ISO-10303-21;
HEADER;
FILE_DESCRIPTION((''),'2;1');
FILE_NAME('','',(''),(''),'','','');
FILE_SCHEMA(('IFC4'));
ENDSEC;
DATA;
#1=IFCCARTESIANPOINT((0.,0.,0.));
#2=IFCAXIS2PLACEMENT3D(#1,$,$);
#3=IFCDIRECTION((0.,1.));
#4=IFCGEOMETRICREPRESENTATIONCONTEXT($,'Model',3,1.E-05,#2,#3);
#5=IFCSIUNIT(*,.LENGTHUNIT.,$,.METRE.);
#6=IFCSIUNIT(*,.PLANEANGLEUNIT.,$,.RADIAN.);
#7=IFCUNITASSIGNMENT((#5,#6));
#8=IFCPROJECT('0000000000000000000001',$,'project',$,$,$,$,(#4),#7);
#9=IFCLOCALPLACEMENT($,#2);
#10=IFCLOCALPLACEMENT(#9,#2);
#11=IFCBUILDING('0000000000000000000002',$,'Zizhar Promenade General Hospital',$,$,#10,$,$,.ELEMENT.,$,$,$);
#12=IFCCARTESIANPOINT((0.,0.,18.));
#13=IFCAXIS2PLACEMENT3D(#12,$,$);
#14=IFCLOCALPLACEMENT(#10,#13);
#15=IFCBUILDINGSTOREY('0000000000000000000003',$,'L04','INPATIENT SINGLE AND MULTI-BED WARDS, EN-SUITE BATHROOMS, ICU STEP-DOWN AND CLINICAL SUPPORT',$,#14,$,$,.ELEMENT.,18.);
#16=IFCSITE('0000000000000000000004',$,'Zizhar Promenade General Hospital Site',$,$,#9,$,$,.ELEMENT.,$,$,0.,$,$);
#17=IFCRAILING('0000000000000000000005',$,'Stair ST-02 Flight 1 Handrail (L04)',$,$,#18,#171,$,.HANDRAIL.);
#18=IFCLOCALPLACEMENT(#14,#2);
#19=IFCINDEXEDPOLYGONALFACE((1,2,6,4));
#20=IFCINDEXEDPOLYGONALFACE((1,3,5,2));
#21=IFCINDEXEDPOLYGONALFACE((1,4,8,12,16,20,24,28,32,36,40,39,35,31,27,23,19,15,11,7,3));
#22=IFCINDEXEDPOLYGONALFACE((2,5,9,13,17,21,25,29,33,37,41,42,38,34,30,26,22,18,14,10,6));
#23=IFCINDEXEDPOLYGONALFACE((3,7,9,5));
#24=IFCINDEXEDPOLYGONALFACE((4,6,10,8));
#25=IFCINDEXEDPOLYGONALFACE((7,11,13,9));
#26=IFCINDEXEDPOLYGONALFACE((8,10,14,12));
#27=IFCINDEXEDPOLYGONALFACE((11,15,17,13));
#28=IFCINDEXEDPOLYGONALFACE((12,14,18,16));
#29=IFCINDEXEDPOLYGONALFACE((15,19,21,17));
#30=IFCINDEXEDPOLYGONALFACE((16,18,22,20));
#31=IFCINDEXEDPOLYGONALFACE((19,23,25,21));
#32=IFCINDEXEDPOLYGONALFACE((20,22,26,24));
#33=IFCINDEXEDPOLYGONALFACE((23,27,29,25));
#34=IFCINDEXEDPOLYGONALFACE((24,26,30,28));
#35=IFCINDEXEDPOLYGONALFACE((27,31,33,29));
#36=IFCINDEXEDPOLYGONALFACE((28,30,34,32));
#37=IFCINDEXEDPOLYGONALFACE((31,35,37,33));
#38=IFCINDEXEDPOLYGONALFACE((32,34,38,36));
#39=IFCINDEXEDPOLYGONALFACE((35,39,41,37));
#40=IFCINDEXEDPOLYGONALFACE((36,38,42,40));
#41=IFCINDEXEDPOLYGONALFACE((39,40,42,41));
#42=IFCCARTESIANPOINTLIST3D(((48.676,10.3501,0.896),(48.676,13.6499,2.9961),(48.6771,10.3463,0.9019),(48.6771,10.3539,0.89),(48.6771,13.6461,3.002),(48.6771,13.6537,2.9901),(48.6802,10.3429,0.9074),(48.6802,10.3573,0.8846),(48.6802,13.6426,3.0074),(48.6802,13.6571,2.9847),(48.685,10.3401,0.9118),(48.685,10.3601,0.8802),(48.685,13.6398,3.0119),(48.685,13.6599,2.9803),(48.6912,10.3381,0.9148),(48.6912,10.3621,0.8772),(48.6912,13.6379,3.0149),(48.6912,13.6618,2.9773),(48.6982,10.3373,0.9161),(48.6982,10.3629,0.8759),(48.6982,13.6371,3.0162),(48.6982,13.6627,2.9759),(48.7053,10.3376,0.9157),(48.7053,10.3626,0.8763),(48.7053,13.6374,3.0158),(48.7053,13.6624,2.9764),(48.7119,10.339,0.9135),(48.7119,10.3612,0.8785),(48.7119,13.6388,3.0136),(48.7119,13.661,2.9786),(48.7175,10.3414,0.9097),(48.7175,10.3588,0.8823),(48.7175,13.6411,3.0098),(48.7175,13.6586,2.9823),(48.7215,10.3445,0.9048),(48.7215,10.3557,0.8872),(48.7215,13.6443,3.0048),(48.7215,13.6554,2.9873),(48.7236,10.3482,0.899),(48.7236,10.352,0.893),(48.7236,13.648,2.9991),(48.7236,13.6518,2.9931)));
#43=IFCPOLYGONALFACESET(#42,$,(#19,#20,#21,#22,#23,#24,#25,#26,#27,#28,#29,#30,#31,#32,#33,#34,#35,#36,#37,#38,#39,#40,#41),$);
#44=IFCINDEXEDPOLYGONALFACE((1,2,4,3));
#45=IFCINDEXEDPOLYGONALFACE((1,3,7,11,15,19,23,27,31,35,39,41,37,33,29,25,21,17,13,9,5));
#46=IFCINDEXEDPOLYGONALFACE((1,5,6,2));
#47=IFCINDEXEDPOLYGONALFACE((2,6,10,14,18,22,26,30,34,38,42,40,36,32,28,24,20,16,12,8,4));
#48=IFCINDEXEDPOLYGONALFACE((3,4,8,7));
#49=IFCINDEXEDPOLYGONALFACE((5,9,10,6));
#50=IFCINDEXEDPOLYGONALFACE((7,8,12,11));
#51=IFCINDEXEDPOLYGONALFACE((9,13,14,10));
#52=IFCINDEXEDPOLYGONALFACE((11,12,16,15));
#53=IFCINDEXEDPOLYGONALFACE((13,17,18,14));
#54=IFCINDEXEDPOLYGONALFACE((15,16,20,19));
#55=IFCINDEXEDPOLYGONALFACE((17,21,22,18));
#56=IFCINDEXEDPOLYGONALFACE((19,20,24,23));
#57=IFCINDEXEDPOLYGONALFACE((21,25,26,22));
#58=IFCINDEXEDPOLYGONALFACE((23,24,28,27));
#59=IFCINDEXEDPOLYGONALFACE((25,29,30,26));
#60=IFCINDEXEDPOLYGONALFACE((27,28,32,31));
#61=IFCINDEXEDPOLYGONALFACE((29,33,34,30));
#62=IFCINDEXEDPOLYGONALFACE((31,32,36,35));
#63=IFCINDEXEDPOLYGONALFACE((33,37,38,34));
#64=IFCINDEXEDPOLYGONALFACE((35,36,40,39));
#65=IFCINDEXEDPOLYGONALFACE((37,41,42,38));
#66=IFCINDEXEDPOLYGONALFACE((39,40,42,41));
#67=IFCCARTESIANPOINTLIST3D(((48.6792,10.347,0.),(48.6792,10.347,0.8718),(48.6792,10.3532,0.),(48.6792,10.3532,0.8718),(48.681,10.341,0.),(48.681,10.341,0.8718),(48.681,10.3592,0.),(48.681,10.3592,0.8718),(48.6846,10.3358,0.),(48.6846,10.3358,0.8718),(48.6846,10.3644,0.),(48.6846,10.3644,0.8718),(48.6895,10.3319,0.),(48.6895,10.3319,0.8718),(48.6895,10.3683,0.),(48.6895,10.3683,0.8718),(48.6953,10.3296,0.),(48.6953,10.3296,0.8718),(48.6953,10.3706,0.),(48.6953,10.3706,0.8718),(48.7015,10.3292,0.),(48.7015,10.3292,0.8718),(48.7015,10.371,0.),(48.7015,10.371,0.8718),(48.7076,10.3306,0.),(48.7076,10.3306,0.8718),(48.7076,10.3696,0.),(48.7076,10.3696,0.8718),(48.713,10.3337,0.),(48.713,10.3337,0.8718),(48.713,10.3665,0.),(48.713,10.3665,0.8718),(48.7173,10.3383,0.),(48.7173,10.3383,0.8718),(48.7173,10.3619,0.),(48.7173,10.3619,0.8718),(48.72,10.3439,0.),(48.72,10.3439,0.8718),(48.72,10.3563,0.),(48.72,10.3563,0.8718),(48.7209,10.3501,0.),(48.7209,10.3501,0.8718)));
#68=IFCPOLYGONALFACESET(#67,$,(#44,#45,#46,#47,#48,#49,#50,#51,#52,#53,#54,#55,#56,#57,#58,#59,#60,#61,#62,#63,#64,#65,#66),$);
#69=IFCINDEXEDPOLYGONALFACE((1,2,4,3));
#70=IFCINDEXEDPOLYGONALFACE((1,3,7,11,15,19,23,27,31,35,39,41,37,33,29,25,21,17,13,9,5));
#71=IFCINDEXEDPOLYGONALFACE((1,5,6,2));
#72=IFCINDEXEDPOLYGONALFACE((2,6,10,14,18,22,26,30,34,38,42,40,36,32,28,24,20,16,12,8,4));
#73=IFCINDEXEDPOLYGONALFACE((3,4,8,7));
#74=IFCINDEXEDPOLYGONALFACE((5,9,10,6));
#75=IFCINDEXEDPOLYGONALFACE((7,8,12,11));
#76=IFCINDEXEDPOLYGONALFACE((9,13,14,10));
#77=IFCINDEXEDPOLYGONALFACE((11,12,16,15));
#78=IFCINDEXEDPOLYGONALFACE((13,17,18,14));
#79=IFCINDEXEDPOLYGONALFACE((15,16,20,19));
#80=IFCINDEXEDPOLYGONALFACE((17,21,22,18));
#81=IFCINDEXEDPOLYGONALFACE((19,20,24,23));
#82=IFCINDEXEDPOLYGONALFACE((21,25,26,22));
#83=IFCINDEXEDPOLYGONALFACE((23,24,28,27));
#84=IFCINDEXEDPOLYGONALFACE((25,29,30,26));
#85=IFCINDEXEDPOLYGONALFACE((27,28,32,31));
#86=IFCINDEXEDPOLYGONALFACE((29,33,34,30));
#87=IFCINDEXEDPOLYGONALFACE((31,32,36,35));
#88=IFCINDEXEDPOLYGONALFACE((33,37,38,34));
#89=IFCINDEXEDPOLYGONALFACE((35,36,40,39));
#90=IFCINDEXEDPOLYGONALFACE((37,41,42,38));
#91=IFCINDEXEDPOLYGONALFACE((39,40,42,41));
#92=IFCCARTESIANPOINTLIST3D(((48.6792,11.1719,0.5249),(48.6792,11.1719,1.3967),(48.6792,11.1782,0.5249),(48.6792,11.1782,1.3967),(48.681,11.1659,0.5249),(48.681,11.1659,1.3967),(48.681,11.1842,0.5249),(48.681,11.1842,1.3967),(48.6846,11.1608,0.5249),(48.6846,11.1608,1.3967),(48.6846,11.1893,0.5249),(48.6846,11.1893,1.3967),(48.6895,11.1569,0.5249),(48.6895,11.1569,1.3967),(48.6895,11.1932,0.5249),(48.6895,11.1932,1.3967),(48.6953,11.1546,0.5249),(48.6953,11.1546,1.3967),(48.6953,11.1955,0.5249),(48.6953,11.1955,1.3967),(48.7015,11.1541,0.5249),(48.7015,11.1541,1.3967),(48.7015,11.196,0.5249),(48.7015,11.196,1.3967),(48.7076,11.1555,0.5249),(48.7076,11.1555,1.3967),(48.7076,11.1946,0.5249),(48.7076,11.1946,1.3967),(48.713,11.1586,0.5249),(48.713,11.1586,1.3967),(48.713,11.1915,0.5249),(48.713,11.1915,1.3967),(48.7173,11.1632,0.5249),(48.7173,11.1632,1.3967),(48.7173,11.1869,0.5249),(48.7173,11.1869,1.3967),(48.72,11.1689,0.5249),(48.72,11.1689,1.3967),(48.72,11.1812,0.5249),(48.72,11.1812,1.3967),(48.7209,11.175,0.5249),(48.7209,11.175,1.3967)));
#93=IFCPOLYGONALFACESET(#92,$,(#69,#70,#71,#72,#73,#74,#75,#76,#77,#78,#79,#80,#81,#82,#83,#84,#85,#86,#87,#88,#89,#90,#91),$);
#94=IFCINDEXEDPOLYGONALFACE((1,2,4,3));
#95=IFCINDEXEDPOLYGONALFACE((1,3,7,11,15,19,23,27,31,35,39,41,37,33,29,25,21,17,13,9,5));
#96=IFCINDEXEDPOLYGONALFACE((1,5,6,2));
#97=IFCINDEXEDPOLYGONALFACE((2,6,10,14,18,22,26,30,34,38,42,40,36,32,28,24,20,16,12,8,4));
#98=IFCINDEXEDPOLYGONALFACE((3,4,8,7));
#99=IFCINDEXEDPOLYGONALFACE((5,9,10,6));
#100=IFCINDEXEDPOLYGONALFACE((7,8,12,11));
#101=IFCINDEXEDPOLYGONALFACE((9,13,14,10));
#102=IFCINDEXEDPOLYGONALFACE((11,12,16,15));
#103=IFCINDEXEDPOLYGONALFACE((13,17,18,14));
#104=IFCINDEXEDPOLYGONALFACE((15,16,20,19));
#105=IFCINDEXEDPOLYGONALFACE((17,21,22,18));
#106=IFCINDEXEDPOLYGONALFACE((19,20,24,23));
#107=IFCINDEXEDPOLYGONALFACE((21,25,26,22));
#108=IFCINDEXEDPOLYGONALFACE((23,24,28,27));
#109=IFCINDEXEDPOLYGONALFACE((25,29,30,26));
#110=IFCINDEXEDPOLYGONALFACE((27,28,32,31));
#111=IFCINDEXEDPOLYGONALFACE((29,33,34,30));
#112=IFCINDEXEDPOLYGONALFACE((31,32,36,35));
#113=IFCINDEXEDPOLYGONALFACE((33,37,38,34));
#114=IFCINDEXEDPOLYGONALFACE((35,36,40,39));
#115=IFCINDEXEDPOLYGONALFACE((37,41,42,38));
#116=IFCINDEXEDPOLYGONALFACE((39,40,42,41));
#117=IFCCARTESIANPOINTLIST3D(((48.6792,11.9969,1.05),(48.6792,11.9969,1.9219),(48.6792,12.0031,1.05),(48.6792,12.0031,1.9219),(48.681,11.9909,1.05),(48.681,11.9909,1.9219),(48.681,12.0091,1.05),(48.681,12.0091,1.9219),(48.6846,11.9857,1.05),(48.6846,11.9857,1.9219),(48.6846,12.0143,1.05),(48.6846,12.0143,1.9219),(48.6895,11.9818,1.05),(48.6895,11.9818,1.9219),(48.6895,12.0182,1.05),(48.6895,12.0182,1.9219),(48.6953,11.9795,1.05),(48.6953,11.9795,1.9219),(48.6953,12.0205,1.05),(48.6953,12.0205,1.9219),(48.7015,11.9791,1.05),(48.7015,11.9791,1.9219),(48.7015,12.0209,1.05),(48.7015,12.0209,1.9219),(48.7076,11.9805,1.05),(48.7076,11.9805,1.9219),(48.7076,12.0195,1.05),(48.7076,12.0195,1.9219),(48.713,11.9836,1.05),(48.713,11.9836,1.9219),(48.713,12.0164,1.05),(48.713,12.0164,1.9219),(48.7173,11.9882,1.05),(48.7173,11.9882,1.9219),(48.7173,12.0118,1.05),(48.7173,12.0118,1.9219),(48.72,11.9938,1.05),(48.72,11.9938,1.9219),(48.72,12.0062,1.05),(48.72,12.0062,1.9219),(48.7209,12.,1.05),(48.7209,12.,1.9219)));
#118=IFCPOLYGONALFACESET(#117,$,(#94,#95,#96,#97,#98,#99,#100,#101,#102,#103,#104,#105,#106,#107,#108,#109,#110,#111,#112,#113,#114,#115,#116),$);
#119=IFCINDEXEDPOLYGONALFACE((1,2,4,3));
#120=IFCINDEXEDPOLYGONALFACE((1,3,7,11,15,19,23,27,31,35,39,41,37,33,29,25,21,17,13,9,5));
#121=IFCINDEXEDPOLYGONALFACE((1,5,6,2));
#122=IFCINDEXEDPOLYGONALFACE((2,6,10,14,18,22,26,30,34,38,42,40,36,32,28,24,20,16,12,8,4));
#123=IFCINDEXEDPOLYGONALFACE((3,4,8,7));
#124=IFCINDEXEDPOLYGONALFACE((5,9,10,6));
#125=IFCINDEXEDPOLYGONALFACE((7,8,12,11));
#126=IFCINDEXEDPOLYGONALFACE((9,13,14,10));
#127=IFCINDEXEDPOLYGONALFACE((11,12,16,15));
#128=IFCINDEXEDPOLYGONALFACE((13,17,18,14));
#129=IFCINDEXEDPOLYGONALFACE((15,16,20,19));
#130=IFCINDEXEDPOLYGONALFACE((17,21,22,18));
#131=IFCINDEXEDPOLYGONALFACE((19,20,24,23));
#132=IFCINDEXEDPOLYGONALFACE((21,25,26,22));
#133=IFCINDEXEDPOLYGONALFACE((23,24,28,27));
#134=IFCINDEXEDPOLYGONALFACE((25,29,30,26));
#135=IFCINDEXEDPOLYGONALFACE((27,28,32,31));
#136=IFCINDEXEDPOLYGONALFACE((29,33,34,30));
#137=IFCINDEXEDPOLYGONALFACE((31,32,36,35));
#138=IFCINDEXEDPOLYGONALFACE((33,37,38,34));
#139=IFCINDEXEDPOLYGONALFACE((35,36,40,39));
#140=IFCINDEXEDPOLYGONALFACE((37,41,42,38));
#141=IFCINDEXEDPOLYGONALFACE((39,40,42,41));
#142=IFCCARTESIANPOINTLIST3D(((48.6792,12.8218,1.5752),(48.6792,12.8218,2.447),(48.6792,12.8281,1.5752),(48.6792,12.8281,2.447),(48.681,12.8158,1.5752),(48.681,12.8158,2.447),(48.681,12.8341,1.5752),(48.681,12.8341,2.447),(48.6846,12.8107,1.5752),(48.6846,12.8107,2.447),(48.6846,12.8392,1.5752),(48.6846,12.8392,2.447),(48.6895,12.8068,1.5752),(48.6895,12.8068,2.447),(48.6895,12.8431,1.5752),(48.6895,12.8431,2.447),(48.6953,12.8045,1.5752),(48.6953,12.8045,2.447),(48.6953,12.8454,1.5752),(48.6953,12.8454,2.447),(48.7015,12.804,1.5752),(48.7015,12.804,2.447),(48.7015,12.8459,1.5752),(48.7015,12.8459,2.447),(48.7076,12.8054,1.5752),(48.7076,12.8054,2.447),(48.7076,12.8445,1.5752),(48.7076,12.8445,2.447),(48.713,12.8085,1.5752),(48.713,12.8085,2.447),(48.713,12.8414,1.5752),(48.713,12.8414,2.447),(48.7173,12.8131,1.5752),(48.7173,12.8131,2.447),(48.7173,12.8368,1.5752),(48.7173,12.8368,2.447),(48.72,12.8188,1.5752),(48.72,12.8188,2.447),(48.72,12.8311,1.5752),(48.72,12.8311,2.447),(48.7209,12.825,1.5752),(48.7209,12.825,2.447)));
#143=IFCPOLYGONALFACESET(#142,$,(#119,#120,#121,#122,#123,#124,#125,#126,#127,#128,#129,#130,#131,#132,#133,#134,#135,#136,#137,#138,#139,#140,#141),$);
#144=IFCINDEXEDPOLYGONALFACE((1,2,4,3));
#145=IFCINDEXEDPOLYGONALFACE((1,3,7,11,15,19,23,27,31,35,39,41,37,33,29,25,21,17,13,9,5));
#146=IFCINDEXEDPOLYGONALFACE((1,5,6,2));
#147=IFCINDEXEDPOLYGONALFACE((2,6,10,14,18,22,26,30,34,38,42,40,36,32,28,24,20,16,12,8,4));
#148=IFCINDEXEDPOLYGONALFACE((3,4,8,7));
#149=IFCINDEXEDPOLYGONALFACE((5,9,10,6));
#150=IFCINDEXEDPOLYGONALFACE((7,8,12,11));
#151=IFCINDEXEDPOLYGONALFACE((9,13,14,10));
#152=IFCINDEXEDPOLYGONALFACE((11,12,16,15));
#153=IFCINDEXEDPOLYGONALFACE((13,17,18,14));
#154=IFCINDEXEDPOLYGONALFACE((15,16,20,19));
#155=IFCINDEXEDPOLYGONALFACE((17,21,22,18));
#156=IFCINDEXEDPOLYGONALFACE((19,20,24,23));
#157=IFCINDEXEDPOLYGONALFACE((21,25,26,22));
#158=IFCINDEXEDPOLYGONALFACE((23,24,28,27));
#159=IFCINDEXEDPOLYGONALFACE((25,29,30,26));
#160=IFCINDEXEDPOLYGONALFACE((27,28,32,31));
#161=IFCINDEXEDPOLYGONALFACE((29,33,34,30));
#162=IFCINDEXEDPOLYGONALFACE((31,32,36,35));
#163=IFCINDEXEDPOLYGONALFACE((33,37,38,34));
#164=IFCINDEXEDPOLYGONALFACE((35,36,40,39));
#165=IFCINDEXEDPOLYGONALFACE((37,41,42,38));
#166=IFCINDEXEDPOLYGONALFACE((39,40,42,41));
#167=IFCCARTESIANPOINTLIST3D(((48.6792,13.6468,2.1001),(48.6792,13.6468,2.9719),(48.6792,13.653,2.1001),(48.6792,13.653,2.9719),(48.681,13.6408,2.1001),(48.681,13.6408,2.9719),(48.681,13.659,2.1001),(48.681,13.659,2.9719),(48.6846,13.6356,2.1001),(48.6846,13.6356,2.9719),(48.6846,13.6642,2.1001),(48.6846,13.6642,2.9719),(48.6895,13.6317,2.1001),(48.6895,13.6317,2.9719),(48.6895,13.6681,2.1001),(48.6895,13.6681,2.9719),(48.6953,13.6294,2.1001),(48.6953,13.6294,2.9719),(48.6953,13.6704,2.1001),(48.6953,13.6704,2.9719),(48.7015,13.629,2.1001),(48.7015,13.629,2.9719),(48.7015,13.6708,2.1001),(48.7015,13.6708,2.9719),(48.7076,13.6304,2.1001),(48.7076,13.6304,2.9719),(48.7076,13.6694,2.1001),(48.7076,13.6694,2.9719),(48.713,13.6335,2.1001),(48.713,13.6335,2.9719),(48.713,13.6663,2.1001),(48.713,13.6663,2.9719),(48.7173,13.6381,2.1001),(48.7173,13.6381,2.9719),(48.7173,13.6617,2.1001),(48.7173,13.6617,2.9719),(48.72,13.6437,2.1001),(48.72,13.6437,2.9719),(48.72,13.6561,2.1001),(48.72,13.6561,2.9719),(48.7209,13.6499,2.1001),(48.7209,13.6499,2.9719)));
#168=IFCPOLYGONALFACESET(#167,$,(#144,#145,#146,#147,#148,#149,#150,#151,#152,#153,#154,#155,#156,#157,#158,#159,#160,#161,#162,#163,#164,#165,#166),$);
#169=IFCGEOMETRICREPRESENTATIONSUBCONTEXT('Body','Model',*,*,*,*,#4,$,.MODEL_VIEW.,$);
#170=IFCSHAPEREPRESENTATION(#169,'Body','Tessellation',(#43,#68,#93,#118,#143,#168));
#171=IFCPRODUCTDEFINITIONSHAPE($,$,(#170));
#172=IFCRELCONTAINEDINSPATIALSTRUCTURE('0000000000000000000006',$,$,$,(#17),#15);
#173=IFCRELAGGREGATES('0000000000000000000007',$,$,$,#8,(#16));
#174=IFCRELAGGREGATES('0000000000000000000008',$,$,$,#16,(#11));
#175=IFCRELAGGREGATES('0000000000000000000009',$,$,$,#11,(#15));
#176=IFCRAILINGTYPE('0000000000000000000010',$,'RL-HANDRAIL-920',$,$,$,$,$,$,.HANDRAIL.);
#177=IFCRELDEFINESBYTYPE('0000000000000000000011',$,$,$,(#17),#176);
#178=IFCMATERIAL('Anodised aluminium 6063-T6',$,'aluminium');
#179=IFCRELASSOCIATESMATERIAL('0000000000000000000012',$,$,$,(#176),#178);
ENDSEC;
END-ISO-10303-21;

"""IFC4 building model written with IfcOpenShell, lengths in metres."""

from ifc_helpers import new_model, si_unit, direction, frame, origin, origin_2d, place, context, subcontext, project, spatial, circle, hollow_circle, extrude, material, material_profile, profile_set, type_object, element, save


model = new_model("IFC4")

# Units and contexts
model_context = context("Model", 3, precision=1e-05, world=origin(), true_north=direction((0.0, 1.0)))
body_context = subcontext(model_context, "Body", "Model", "MODEL_VIEW")
ifc_project = project(units=[si_unit("LENGTHUNIT", "METRE"), si_unit("PLANEANGLEUNIT", "RADIAN")], contexts=[model_context])

# Site, building, storey
site_placement = place(None, origin())
site = spatial("IfcSite", under=ifc_project, at=site_placement, Name="Zizhar Promenade General Hospital Site", CompositionType="ELEMENT", RefElevation=0.0)
building_placement = place(site_placement, origin())
building = spatial("IfcBuilding", under=site, at=building_placement, Name="Zizhar Promenade General Hospital", CompositionType="ELEMENT")
storey_placement = place(building_placement, frame((0.0, 0.0, 18.0)))
storey = spatial("IfcBuildingStorey", under=building, at=storey_placement, Name="L04", Description="INPATIENT SINGLE AND MULTI-BED WARDS, EN-SUITE BATHROOMS, ICU STEP-DOWN AND CLINICAL SUPPORT", CompositionType="ELEMENT", Elevation=18.0)

# Railing
ifc_material_1 = material(Name="Anodised aluminium 6063-T6", Category="aluminium")
ifc_material_profile_1 = material_profile(ifc_material_1, hollow_circle(Radius=0.0698, WallThickness=0.0063, at=origin_2d()))
ifc_profile_set_1 = profile_set([ifc_material_profile_1], Name="Anodised aluminium 6063-T6")
railing_type_1 = type_object("IfcRailingType", Name="RL-HANDRAIL-920", PredefinedType="HANDRAIL", material=ifc_profile_set_1)
railing_1_placement = place(storey_placement, frame((48.7, 10.3501, 0.0)))
element("IfcRailing", 1, at=railing_1_placement, inside=storey, type_object=railing_type_1, Name="Stair ST-02 Flight 1 Handrail (L04)", PredefinedType="HANDRAIL", context=body_context, shape_type="SweptSolid", body=[
    extrude(circle(Radius=0.0239, at=origin_2d()), frame((0.0, 0.0, 0.896), z_axis=(0.0, 0.843636, 0.536916), x_axis=(-1.0, 0.0, 0.0)), (0.0, 0.0, 1.0), 3.9114),
    extrude(circle(Radius=0.021, at=origin_2d()), origin(), (0.0, 0.0, 1.0), 0.8718),
    extrude(circle(Radius=0.021, at=origin_2d()), frame((0.0, 0.825, 0.5249)), (0.0, 0.0, 1.0), 0.8718),
    extrude(circle(Radius=0.021, at=origin_2d()), frame((0.0, 1.6499, 1.05)), (0.0, 0.0, 1.0), 0.8718),
    extrude(circle(Radius=0.021, at=origin_2d()), frame((0.0, 2.4749, 1.5752)), (0.0, 0.0, 1.0), 0.8718),
    extrude(circle(Radius=0.021, at=origin_2d()), frame((0.0, 3.2998, 2.1001)), (0.0, 0.0, 1.0), 0.8718),
])

save(model, "model.ifc")
